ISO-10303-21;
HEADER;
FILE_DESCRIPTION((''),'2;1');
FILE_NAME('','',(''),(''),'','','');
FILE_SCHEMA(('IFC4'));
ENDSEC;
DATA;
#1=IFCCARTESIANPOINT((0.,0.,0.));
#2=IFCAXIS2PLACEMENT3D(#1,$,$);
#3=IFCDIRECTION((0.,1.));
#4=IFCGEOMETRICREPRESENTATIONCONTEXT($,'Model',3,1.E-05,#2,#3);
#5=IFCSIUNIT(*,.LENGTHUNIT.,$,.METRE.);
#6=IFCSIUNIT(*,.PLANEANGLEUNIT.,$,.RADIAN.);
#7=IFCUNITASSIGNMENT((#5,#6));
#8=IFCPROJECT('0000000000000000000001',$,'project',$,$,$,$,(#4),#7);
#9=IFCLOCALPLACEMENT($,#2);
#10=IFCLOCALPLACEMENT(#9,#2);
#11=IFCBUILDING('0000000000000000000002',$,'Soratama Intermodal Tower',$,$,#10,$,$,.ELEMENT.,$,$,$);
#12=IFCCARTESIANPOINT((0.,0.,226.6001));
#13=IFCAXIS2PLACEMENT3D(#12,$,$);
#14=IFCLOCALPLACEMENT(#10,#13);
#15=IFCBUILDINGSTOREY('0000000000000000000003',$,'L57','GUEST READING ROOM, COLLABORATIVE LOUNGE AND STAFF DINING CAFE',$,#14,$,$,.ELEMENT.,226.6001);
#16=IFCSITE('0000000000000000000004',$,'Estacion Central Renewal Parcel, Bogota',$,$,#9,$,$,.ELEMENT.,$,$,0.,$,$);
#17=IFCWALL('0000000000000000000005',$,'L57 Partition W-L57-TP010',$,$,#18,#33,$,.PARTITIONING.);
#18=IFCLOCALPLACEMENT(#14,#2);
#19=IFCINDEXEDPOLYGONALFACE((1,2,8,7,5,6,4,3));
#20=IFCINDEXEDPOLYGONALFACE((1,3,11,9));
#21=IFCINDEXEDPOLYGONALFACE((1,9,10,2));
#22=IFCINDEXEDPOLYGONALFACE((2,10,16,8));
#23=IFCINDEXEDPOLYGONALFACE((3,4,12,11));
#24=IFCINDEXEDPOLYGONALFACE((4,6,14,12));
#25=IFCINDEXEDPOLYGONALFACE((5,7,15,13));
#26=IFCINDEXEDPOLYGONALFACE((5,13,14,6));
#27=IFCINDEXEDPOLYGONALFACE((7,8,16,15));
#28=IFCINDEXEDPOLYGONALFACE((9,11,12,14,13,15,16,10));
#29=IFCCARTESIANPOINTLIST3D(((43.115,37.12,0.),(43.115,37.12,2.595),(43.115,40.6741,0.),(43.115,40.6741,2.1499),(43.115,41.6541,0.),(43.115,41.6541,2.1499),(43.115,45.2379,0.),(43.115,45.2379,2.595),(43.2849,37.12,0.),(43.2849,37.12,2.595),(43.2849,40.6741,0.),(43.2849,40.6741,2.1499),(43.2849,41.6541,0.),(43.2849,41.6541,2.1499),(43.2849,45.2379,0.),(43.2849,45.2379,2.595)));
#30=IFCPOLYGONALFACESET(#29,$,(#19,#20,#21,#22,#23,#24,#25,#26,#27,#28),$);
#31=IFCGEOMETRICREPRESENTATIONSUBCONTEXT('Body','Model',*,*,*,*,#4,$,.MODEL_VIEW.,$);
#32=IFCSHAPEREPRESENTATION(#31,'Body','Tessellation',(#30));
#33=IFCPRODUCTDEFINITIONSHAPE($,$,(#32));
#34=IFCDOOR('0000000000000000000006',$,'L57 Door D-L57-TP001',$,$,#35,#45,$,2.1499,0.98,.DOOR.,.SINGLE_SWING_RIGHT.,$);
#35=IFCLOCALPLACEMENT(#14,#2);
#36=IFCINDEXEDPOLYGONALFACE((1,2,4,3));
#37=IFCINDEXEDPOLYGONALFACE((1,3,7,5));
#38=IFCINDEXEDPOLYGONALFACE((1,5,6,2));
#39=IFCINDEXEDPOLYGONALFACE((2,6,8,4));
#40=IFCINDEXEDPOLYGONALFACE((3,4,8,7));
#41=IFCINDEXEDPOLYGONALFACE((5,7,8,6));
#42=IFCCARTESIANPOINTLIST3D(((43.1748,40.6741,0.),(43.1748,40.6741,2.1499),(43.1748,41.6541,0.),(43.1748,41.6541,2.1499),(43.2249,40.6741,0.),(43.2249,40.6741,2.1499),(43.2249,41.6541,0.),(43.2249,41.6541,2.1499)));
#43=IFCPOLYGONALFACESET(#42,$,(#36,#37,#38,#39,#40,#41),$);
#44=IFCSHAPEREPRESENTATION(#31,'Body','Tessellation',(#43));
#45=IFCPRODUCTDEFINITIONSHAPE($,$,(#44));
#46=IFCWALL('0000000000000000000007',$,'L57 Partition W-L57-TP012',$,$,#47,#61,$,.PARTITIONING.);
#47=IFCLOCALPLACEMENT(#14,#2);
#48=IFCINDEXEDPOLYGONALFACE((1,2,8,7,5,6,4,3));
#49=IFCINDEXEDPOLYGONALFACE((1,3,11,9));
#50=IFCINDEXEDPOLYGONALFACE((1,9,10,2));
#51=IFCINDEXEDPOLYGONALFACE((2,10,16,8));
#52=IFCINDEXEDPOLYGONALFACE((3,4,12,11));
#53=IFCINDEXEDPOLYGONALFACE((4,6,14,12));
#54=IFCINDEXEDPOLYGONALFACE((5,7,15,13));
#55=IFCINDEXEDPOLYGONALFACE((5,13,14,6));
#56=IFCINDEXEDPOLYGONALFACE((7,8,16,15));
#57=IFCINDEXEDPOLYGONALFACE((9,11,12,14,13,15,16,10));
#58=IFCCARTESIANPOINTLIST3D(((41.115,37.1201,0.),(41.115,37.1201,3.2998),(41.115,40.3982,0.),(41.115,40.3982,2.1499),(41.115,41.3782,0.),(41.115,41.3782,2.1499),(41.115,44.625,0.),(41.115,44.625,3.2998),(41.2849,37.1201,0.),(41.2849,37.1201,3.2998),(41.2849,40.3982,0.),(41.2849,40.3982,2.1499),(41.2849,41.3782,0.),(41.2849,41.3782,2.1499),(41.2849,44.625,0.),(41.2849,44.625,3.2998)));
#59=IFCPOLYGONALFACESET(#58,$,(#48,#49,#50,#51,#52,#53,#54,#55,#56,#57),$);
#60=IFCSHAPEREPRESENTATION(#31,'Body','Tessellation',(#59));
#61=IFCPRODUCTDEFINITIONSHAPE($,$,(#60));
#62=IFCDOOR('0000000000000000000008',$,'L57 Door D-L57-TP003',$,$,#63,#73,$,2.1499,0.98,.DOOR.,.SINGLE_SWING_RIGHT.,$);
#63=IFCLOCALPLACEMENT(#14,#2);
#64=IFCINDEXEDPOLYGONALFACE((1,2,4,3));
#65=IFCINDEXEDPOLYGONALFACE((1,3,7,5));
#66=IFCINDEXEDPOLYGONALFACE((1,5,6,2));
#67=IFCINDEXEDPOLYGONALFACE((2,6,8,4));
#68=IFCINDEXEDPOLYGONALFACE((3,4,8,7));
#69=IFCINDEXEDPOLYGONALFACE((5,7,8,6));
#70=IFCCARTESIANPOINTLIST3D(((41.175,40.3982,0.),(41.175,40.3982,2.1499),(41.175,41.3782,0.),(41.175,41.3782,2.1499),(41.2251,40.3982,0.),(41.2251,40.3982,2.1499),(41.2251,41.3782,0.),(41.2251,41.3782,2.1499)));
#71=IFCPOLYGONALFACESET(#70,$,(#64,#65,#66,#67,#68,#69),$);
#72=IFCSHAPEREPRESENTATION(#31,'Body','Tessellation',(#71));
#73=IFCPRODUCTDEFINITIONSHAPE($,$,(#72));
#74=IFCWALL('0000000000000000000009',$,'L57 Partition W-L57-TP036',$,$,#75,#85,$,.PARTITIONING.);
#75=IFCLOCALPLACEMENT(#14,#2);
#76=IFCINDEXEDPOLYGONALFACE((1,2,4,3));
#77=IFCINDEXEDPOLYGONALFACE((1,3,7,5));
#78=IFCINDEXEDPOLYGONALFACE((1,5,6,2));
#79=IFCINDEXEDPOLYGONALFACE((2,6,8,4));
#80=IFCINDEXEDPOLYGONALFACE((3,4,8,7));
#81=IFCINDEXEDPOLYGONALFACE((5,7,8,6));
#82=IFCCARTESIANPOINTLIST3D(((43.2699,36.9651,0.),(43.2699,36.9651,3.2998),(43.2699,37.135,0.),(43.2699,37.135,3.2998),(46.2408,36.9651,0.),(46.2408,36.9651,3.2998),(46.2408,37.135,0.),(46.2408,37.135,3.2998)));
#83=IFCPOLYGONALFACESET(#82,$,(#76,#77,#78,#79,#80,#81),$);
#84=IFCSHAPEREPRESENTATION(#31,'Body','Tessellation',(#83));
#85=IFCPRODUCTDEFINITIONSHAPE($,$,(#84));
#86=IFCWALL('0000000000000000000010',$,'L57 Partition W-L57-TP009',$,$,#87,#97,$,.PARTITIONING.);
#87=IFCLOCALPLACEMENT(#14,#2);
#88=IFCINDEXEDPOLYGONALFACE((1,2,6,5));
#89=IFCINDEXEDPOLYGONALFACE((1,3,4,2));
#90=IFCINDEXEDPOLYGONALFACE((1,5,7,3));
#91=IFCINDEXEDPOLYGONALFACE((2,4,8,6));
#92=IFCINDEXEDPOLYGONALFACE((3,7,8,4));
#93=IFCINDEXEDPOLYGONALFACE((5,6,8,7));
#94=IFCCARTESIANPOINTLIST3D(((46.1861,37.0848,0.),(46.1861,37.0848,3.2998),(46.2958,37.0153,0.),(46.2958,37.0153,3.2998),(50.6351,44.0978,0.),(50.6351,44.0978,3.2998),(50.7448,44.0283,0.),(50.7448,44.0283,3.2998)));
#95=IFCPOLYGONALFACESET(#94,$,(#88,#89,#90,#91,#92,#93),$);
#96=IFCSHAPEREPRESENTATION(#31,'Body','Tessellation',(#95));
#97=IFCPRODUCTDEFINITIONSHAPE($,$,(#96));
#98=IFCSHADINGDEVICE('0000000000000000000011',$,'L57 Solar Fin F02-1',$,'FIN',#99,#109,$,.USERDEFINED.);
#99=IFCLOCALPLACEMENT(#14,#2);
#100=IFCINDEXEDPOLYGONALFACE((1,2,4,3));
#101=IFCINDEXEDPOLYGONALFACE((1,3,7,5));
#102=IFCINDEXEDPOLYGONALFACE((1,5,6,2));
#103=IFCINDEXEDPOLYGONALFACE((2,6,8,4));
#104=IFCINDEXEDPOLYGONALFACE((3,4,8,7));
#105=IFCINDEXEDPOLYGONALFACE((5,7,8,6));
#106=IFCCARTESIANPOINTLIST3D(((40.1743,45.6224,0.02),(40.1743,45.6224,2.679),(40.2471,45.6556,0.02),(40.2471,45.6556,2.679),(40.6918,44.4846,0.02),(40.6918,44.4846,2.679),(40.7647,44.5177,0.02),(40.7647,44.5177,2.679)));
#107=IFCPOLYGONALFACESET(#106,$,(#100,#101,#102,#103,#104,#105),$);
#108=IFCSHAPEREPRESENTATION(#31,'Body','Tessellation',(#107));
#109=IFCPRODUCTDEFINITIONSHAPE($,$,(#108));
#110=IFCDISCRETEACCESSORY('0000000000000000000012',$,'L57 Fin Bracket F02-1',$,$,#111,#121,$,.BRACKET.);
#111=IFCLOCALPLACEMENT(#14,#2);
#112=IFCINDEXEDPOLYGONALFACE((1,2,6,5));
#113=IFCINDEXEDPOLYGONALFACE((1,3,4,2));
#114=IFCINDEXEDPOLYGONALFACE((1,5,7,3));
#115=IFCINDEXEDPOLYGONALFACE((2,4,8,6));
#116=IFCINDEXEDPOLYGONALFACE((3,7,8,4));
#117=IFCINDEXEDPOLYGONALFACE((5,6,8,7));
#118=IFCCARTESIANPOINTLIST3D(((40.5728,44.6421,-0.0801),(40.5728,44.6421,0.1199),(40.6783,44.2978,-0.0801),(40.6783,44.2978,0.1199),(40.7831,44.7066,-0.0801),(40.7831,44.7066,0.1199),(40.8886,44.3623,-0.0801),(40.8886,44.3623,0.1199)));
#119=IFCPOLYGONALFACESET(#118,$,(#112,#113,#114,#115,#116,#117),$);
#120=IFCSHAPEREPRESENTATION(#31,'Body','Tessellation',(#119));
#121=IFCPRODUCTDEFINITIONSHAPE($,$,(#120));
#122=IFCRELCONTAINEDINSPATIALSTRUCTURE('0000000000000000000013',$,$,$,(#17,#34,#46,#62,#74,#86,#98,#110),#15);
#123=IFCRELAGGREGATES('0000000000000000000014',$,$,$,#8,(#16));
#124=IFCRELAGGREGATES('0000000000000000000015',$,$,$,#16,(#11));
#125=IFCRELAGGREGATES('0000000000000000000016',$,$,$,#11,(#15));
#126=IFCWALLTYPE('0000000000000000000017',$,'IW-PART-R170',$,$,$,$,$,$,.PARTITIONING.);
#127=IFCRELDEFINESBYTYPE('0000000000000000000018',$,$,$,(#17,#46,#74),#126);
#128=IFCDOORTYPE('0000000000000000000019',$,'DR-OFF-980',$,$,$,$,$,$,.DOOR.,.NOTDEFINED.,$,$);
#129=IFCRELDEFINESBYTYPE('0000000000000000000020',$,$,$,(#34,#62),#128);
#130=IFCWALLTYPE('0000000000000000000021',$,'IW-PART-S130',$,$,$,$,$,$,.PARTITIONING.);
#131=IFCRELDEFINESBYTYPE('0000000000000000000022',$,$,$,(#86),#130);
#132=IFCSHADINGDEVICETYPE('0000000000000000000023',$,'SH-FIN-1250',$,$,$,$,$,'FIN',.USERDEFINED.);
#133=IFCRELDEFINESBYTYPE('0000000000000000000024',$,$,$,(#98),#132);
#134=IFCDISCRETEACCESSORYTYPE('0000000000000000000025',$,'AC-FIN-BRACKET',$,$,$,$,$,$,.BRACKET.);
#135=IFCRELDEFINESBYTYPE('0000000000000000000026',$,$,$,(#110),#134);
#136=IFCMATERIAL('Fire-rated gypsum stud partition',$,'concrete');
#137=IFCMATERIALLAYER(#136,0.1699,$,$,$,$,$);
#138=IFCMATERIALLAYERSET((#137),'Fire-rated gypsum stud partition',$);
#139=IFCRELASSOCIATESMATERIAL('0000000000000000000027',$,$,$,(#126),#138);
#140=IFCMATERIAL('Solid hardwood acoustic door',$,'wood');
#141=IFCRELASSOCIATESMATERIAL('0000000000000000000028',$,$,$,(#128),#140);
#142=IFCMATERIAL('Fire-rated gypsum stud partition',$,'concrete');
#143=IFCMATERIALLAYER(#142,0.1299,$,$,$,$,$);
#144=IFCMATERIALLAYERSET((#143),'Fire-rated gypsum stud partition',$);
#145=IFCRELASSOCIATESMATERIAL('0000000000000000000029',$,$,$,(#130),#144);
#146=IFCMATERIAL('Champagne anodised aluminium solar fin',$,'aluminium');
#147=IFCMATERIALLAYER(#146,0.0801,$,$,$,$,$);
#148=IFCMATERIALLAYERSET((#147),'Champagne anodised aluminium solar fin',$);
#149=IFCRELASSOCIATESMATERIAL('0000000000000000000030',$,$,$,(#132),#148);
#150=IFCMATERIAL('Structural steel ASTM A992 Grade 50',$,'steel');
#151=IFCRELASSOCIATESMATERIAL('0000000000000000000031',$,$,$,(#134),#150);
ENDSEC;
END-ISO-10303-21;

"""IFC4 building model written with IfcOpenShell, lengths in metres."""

from ifc_helpers import new_model, si_unit, direction, frame, frame_2d, origin, origin_2d, place, context, subcontext, project, spatial, rectangle, extrude, material, layer, layer_set, type_object, element, fill, save


model = new_model("IFC4")

# Units and contexts
model_context = context("Model", 3, precision=1e-05, world=origin(), true_north=direction((0.0, 1.0)))
body_context = subcontext(model_context, "Body", "Model", "MODEL_VIEW")
ifc_project = project(units=[si_unit("LENGTHUNIT", "METRE"), si_unit("PLANEANGLEUNIT", "RADIAN")], contexts=[model_context])

# Site, building, storey
site_placement = place(None, origin())
site = spatial("IfcSite", under=ifc_project, at=site_placement, Name="Estacion Central Renewal Parcel, Bogota", CompositionType="ELEMENT", RefElevation=0.0)
building_placement = place(site_placement, origin())
building = spatial("IfcBuilding", under=site, at=building_placement, Name="Soratama Intermodal Tower", CompositionType="ELEMENT")
storey_placement = place(building_placement, frame((0.0, 0.0, 226.6001)))
storey = spatial("IfcBuildingStorey", under=building, at=storey_placement, Name="L57", Description="GUEST READING ROOM, COLLABORATIVE LOUNGE AND STAFF DINING CAFE", CompositionType="ELEMENT", Elevation=226.6001)

# Walls, openings, doors
ifc_material_1 = material(Name="Fire-rated gypsum stud partition", Category="concrete")
ifc_layer_1 = layer(ifc_material_1, 0.1699)
ifc_layer_set_1 = layer_set([ifc_layer_1], Name="Fire-rated gypsum stud partition")
wall_type_1 = type_object("IfcWallType", Name="IW-PART-R170", PredefinedType="PARTITIONING", material=ifc_layer_set_1)
wall_1_placement = place(storey_placement, frame((43.2, 45.238, 0.0), z_axis=(0.0, 0.0, 1.0), x_axis=(0.0, -1.0, 0.0)))
wall_1 = element("IfcWall", 1, at=wall_1_placement, inside=storey, type_object=wall_type_1, Name="L57 Partition W-L57-TP010", PredefinedType="PARTITIONING", context=body_context, shape_type="SweptSolid", body=[
    extrude(rectangle(XDim=8.1179, YDim=0.1699, at=frame_2d((4.0591, 0.0))), origin(), (0.0, 0.0, 1.0), 2.595),
])
opening_1_placement = place(wall_1_placement, frame((3.584, 0.0, 0.0)))
opening_1 = element("IfcOpeningElement", 2, at=opening_1_placement, cuts=wall_1, PredefinedType="OPENING", context=body_context, shape_type="SweptSolid", body=[
    extrude(rectangle(XDim=0.98, YDim=2.1499, at=frame_2d((0.49, 1.075))), frame((0.0, 0.095, 0.0), z_axis=(0.0, -1.0, 0.0), x_axis=(1.0, 0.0, 0.0)), (0.0, 0.0, 1.0), 0.1899),
])
ifc_material_2 = material(Name="Solid hardwood acoustic door", Category="wood")
door_type = type_object("IfcDoorType", Name="DR-OFF-980", OperationType="NOTDEFINED", PredefinedType="DOOR", material=ifc_material_2)
door_1_placement = place(opening_1_placement, origin())
door_1 = element("IfcDoor", 3, at=door_1_placement, inside=storey, type_object=door_type, Name="L57 Door D-L57-TP001", OperationType="SINGLE_SWING_RIGHT", OverallHeight=2.1499, OverallWidth=0.98, PredefinedType="DOOR", context=body_context, shape_type="SweptSolid", body=[
    extrude(rectangle(XDim=0.98, YDim=2.1499, at=frame_2d((0.49, 1.075))), frame((0.0, 0.0249, 0.0), z_axis=(0.0, -1.0, 0.0), x_axis=(1.0, 0.0, 0.0)), (0.0, 0.0, 1.0), 0.05),
])
fill(opening_1, door_1)
wall_2_placement = place(storey_placement, frame((41.2, 37.1201, 0.0), z_axis=(0.0, 0.0, 1.0), x_axis=(0.0, 1.0, 0.0)))
wall_2 = element("IfcWall", 4, at=wall_2_placement, inside=storey, type_object=wall_type_1, Name="L57 Partition W-L57-TP012", PredefinedType="PARTITIONING", context=body_context, shape_type="SweptSolid", body=[
    extrude(rectangle(XDim=7.5049, YDim=0.1699, at=frame_2d((3.7524, 0.0))), origin(), (0.0, 0.0, 1.0), 3.2998),
])
opening_2_placement = place(wall_2_placement, frame((3.2781, 0.0, 0.0)))
opening_2 = element("IfcOpeningElement", 5, at=opening_2_placement, cuts=wall_2, PredefinedType="OPENING", context=body_context, shape_type="SweptSolid", body=[
    extrude(rectangle(XDim=0.98, YDim=2.1499, at=frame_2d((0.49, 1.075))), frame((0.0, 0.095, 0.0), z_axis=(0.0, -1.0, 0.0), x_axis=(1.0, 0.0, 0.0)), (0.0, 0.0, 1.0), 0.1899),
])
door_2_placement = place(opening_2_placement, origin())
door_2 = element("IfcDoor", 6, at=door_2_placement, inside=storey, type_object=door_type, Name="L57 Door D-L57-TP003", OperationType="SINGLE_SWING_RIGHT", OverallHeight=2.1499, OverallWidth=0.98, PredefinedType="DOOR", context=body_context, shape_type="SweptSolid", body=[
    extrude(rectangle(XDim=0.98, YDim=2.1499, at=frame_2d((0.49, 1.075))), frame((0.0, 0.0249, 0.0), z_axis=(0.0, -1.0, 0.0), x_axis=(1.0, 0.0, 0.0)), (0.0, 0.0, 1.0), 0.05),
])
fill(opening_2, door_2)

# Walls
wall_3_placement = place(storey_placement, frame((43.27, 37.05, 0.0), z_axis=(0.0, 0.0, 1.0), x_axis=(1.0, 0.0, 0.0)))
element("IfcWall", 7, at=wall_3_placement, inside=storey, type_object=wall_type_1, Name="L57 Partition W-L57-TP036", PredefinedType="PARTITIONING", context=body_context, shape_type="SweptSolid", body=[
    extrude(rectangle(XDim=2.9709, YDim=0.1699, at=frame_2d((1.4854, 0.0))), origin(), (0.0, 0.0, 1.0), 3.2998),
])
ifc_material_3 = material(Name="Fire-rated gypsum stud partition", Category="concrete")
ifc_layer_2 = layer(ifc_material_3, 0.1299)
ifc_layer_set_2 = layer_set([ifc_layer_2], Name="Fire-rated gypsum stud partition")
wall_type_2 = type_object("IfcWallType", Name="IW-PART-S130", PredefinedType="PARTITIONING", material=ifc_layer_set_2)
wall_4_placement = place(storey_placement, frame((46.241, 37.05, 0.0), z_axis=(0.0, 0.0, 1.0), x_axis=(0.535692, 0.844414, 0.0)))
element("IfcWall", 8, at=wall_4_placement, inside=storey, type_object=wall_type_2, Name="L57 Partition W-L57-TP009", PredefinedType="PARTITIONING", context=body_context, shape_type="SweptSolid", body=[
    extrude(rectangle(XDim=8.3052, YDim=0.1299, at=frame_2d((4.1526, 0.0))), origin(), (0.0, 0.0, 1.0), 3.2998),
])

# Shading device
ifc_material_4 = material(Name="Champagne anodised aluminium solar fin", Category="aluminium")
ifc_layer_3 = layer(ifc_material_4, 0.0801)
ifc_layer_set_3 = layer_set([ifc_layer_3], Name="Champagne anodised aluminium solar fin")
shading_device_type = type_object("IfcShadingDeviceType", Name="SH-FIN-1250", ElementType="FIN", PredefinedType="USERDEFINED", material=ifc_layer_set_3)
shading_device_placement = place(storey_placement, frame((40.4695, 45.0701, 0.02), z_axis=(0.0, 0.0, 1.0), x_axis=(-0.414058, 0.910251, 0.0)))
element("IfcShadingDevice", 9, at=shading_device_placement, inside=storey, type_object=shading_device_type, Name="L57 Solar Fin F02-1", ObjectType="FIN", PredefinedType="USERDEFINED", context=body_context, shape_type="SweptSolid", body=[
    extrude(rectangle(XDim=1.25, YDim=0.0801, at=origin_2d()), origin(), (0.0, 0.0, 1.0), 2.6589),
])

# Discrete accessory
ifc_material_5 = material(Name="Structural steel ASTM A992 Grade 50", Category="steel")
discrete_accessory_type = type_object("IfcDiscreteAccessoryType", Name="AC-FIN-BRACKET", PredefinedType="BRACKET", material=ifc_material_5)
discrete_accessory_placement = place(storey_placement, frame((40.7307, 44.5022, -0.0801), z_axis=(0.0, 0.0, 1.0), x_axis=(-0.293039, 0.9561, 0.0)))
element("IfcDiscreteAccessory", 10, at=discrete_accessory_placement, inside=storey, type_object=discrete_accessory_type, Name="L57 Fin Bracket F02-1", PredefinedType="BRACKET", context=body_context, shape_type="SweptSolid", body=[
    extrude(rectangle(XDim=0.3601, YDim=0.22, at=origin_2d()), origin(), (0.0, 0.0, 1.0), 0.2),
])

save(model, "model.ifc")
